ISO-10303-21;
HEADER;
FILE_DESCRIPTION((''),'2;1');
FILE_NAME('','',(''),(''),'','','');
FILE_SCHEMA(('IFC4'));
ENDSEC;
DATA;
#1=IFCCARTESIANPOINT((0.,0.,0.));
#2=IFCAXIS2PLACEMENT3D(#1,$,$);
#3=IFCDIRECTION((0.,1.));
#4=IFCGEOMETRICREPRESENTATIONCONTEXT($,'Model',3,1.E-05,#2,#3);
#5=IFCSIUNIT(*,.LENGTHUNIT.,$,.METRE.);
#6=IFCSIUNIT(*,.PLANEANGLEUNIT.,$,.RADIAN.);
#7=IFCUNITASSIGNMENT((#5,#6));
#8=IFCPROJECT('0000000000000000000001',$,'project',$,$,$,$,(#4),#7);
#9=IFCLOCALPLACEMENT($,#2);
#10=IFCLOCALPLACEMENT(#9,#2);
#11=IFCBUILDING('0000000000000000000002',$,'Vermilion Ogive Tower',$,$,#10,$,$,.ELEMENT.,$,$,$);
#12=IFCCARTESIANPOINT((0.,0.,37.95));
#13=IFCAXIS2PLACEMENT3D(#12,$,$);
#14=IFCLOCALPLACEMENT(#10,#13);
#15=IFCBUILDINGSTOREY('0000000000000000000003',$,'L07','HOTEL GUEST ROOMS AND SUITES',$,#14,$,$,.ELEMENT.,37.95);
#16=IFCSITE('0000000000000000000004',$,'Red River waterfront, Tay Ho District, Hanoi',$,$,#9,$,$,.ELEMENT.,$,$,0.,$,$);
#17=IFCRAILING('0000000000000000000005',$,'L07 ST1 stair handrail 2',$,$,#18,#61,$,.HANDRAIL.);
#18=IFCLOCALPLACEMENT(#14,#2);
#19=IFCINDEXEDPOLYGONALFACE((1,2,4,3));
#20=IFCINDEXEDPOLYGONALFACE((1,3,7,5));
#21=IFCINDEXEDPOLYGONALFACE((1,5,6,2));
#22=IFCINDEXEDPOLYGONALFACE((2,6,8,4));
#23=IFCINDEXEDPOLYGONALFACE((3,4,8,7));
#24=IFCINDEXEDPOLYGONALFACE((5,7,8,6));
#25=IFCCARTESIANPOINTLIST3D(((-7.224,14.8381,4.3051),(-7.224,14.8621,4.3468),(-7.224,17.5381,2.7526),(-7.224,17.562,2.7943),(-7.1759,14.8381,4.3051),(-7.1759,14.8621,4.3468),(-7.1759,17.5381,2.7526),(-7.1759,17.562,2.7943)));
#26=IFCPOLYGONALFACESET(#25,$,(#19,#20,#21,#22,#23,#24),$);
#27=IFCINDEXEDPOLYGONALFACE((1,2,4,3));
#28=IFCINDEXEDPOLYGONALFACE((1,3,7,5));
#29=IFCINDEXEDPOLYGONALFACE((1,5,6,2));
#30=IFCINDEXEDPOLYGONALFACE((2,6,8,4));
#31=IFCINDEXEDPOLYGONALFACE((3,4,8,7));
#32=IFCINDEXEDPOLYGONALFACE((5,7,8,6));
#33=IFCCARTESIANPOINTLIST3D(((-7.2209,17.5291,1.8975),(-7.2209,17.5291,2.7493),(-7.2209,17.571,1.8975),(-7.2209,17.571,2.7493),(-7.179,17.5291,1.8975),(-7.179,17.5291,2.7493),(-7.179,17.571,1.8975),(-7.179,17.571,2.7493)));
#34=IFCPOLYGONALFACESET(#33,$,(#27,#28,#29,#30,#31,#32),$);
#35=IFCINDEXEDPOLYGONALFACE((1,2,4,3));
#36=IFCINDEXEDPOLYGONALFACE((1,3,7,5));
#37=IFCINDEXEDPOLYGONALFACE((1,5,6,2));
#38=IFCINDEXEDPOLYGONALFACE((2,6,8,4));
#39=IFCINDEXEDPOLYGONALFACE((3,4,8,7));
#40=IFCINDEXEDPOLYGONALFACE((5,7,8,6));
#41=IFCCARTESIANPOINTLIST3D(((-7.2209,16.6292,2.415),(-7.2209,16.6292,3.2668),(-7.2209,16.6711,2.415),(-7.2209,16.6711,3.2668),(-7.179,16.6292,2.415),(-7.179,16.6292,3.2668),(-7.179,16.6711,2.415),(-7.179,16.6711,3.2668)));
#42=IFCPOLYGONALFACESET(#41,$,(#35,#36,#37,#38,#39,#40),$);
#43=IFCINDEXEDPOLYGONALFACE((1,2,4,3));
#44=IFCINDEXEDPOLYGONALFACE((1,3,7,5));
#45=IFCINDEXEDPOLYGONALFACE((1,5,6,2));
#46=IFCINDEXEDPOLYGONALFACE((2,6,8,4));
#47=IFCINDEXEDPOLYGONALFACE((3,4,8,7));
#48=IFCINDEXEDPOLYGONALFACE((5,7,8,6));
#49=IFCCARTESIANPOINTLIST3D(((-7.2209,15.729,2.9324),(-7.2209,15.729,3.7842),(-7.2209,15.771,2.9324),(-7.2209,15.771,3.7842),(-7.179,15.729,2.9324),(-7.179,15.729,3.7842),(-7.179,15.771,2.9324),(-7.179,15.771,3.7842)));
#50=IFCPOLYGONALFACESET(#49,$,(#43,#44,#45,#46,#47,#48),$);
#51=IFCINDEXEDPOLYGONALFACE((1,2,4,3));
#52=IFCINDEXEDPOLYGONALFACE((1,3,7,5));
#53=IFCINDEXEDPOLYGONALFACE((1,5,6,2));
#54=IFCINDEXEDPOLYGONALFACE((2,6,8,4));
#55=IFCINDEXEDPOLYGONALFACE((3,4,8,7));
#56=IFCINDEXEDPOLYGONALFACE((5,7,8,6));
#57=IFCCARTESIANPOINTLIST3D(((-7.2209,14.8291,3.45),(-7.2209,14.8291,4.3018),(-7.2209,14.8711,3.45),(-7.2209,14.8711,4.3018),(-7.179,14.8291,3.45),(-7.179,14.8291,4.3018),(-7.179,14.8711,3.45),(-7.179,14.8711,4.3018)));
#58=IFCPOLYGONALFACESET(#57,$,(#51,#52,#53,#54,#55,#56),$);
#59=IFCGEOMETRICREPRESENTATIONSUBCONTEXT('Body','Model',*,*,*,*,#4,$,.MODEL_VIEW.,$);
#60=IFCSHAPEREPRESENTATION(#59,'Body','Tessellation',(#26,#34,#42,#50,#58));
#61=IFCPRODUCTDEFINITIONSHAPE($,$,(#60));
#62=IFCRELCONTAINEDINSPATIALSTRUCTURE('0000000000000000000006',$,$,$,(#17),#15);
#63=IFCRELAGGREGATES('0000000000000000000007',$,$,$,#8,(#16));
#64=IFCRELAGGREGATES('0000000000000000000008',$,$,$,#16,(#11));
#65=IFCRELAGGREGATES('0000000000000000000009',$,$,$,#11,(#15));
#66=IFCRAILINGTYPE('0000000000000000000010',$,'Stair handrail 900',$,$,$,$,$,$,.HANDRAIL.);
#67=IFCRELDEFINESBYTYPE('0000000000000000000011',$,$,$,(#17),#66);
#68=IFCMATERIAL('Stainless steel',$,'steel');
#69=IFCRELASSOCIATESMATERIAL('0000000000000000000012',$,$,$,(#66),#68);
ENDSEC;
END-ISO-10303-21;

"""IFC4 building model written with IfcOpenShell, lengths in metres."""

from ifc_helpers import new_model, si_unit, direction, frame, origin, origin_2d, place, context, subcontext, project, spatial, rectangle, extrude, material, type_object, element, save


model = new_model("IFC4")

# Units and contexts
model_context = context("Model", 3, precision=1e-05, world=origin(), true_north=direction((0.0, 1.0)))
body_context = subcontext(model_context, "Body", "Model", "MODEL_VIEW")
ifc_project = project(units=[si_unit("LENGTHUNIT", "METRE"), si_unit("PLANEANGLEUNIT", "RADIAN")], contexts=[model_context])

# Site, building, storey
site_placement = place(None, origin())
site = spatial("IfcSite", under=ifc_project, at=site_placement, Name="Red River waterfront, Tay Ho District, Hanoi", CompositionType="ELEMENT", RefElevation=0.0)
building_placement = place(site_placement, origin())
building = spatial("IfcBuilding", under=site, at=building_placement, Name="Vermilion Ogive Tower", CompositionType="ELEMENT")
storey_placement = place(building_placement, frame((0.0, 0.0, 37.95)))
storey = spatial("IfcBuildingStorey", under=building, at=storey_placement, Name="L07", Description="HOTEL GUEST ROOMS AND SUITES", CompositionType="ELEMENT", Elevation=37.95)

# Railing
ifc_material_1 = material(Name="Stainless steel", Category="steel")
railing_type_1 = type_object("IfcRailingType", Name="Stair handrail 900", PredefinedType="HANDRAIL", material=ifc_material_1)
railing_1_placement = place(storey_placement, frame((-7.2, 17.55, 1.8975)))
element("IfcRailing", 1, at=railing_1_placement, inside=storey, type_object=railing_type_1, Name="L07 ST1 stair handrail 2", PredefinedType="HANDRAIL", context=body_context, shape_type="SweptSolid", body=[
    extrude(rectangle(XDim=0.0481, YDim=0.0481, at=origin_2d()), frame((0.0, 0.0, 0.876), z_axis=(0.0, -0.866904, 0.498476), x_axis=(1.0, 0.0, 0.0)), (0.0, 0.0, 1.0), 3.1145),
    extrude(rectangle(XDim=0.042, YDim=0.042, at=origin_2d()), origin(), (0.0, 0.0, 1.0), 0.8518),
    extrude(rectangle(XDim=0.042, YDim=0.042, at=origin_2d()), frame((0.0, -0.8999, 0.5176)), (0.0, 0.0, 1.0), 0.8518),
    extrude(rectangle(XDim=0.042, YDim=0.042, at=origin_2d()), frame((0.0, -1.8, 1.0349)), (0.0, 0.0, 1.0), 0.8518),
    extrude(rectangle(XDim=0.042, YDim=0.042, at=origin_2d()), frame((0.0, -2.7, 1.5525)), (0.0, 0.0, 1.0), 0.8518),
])

save(model, "model.ifc")
